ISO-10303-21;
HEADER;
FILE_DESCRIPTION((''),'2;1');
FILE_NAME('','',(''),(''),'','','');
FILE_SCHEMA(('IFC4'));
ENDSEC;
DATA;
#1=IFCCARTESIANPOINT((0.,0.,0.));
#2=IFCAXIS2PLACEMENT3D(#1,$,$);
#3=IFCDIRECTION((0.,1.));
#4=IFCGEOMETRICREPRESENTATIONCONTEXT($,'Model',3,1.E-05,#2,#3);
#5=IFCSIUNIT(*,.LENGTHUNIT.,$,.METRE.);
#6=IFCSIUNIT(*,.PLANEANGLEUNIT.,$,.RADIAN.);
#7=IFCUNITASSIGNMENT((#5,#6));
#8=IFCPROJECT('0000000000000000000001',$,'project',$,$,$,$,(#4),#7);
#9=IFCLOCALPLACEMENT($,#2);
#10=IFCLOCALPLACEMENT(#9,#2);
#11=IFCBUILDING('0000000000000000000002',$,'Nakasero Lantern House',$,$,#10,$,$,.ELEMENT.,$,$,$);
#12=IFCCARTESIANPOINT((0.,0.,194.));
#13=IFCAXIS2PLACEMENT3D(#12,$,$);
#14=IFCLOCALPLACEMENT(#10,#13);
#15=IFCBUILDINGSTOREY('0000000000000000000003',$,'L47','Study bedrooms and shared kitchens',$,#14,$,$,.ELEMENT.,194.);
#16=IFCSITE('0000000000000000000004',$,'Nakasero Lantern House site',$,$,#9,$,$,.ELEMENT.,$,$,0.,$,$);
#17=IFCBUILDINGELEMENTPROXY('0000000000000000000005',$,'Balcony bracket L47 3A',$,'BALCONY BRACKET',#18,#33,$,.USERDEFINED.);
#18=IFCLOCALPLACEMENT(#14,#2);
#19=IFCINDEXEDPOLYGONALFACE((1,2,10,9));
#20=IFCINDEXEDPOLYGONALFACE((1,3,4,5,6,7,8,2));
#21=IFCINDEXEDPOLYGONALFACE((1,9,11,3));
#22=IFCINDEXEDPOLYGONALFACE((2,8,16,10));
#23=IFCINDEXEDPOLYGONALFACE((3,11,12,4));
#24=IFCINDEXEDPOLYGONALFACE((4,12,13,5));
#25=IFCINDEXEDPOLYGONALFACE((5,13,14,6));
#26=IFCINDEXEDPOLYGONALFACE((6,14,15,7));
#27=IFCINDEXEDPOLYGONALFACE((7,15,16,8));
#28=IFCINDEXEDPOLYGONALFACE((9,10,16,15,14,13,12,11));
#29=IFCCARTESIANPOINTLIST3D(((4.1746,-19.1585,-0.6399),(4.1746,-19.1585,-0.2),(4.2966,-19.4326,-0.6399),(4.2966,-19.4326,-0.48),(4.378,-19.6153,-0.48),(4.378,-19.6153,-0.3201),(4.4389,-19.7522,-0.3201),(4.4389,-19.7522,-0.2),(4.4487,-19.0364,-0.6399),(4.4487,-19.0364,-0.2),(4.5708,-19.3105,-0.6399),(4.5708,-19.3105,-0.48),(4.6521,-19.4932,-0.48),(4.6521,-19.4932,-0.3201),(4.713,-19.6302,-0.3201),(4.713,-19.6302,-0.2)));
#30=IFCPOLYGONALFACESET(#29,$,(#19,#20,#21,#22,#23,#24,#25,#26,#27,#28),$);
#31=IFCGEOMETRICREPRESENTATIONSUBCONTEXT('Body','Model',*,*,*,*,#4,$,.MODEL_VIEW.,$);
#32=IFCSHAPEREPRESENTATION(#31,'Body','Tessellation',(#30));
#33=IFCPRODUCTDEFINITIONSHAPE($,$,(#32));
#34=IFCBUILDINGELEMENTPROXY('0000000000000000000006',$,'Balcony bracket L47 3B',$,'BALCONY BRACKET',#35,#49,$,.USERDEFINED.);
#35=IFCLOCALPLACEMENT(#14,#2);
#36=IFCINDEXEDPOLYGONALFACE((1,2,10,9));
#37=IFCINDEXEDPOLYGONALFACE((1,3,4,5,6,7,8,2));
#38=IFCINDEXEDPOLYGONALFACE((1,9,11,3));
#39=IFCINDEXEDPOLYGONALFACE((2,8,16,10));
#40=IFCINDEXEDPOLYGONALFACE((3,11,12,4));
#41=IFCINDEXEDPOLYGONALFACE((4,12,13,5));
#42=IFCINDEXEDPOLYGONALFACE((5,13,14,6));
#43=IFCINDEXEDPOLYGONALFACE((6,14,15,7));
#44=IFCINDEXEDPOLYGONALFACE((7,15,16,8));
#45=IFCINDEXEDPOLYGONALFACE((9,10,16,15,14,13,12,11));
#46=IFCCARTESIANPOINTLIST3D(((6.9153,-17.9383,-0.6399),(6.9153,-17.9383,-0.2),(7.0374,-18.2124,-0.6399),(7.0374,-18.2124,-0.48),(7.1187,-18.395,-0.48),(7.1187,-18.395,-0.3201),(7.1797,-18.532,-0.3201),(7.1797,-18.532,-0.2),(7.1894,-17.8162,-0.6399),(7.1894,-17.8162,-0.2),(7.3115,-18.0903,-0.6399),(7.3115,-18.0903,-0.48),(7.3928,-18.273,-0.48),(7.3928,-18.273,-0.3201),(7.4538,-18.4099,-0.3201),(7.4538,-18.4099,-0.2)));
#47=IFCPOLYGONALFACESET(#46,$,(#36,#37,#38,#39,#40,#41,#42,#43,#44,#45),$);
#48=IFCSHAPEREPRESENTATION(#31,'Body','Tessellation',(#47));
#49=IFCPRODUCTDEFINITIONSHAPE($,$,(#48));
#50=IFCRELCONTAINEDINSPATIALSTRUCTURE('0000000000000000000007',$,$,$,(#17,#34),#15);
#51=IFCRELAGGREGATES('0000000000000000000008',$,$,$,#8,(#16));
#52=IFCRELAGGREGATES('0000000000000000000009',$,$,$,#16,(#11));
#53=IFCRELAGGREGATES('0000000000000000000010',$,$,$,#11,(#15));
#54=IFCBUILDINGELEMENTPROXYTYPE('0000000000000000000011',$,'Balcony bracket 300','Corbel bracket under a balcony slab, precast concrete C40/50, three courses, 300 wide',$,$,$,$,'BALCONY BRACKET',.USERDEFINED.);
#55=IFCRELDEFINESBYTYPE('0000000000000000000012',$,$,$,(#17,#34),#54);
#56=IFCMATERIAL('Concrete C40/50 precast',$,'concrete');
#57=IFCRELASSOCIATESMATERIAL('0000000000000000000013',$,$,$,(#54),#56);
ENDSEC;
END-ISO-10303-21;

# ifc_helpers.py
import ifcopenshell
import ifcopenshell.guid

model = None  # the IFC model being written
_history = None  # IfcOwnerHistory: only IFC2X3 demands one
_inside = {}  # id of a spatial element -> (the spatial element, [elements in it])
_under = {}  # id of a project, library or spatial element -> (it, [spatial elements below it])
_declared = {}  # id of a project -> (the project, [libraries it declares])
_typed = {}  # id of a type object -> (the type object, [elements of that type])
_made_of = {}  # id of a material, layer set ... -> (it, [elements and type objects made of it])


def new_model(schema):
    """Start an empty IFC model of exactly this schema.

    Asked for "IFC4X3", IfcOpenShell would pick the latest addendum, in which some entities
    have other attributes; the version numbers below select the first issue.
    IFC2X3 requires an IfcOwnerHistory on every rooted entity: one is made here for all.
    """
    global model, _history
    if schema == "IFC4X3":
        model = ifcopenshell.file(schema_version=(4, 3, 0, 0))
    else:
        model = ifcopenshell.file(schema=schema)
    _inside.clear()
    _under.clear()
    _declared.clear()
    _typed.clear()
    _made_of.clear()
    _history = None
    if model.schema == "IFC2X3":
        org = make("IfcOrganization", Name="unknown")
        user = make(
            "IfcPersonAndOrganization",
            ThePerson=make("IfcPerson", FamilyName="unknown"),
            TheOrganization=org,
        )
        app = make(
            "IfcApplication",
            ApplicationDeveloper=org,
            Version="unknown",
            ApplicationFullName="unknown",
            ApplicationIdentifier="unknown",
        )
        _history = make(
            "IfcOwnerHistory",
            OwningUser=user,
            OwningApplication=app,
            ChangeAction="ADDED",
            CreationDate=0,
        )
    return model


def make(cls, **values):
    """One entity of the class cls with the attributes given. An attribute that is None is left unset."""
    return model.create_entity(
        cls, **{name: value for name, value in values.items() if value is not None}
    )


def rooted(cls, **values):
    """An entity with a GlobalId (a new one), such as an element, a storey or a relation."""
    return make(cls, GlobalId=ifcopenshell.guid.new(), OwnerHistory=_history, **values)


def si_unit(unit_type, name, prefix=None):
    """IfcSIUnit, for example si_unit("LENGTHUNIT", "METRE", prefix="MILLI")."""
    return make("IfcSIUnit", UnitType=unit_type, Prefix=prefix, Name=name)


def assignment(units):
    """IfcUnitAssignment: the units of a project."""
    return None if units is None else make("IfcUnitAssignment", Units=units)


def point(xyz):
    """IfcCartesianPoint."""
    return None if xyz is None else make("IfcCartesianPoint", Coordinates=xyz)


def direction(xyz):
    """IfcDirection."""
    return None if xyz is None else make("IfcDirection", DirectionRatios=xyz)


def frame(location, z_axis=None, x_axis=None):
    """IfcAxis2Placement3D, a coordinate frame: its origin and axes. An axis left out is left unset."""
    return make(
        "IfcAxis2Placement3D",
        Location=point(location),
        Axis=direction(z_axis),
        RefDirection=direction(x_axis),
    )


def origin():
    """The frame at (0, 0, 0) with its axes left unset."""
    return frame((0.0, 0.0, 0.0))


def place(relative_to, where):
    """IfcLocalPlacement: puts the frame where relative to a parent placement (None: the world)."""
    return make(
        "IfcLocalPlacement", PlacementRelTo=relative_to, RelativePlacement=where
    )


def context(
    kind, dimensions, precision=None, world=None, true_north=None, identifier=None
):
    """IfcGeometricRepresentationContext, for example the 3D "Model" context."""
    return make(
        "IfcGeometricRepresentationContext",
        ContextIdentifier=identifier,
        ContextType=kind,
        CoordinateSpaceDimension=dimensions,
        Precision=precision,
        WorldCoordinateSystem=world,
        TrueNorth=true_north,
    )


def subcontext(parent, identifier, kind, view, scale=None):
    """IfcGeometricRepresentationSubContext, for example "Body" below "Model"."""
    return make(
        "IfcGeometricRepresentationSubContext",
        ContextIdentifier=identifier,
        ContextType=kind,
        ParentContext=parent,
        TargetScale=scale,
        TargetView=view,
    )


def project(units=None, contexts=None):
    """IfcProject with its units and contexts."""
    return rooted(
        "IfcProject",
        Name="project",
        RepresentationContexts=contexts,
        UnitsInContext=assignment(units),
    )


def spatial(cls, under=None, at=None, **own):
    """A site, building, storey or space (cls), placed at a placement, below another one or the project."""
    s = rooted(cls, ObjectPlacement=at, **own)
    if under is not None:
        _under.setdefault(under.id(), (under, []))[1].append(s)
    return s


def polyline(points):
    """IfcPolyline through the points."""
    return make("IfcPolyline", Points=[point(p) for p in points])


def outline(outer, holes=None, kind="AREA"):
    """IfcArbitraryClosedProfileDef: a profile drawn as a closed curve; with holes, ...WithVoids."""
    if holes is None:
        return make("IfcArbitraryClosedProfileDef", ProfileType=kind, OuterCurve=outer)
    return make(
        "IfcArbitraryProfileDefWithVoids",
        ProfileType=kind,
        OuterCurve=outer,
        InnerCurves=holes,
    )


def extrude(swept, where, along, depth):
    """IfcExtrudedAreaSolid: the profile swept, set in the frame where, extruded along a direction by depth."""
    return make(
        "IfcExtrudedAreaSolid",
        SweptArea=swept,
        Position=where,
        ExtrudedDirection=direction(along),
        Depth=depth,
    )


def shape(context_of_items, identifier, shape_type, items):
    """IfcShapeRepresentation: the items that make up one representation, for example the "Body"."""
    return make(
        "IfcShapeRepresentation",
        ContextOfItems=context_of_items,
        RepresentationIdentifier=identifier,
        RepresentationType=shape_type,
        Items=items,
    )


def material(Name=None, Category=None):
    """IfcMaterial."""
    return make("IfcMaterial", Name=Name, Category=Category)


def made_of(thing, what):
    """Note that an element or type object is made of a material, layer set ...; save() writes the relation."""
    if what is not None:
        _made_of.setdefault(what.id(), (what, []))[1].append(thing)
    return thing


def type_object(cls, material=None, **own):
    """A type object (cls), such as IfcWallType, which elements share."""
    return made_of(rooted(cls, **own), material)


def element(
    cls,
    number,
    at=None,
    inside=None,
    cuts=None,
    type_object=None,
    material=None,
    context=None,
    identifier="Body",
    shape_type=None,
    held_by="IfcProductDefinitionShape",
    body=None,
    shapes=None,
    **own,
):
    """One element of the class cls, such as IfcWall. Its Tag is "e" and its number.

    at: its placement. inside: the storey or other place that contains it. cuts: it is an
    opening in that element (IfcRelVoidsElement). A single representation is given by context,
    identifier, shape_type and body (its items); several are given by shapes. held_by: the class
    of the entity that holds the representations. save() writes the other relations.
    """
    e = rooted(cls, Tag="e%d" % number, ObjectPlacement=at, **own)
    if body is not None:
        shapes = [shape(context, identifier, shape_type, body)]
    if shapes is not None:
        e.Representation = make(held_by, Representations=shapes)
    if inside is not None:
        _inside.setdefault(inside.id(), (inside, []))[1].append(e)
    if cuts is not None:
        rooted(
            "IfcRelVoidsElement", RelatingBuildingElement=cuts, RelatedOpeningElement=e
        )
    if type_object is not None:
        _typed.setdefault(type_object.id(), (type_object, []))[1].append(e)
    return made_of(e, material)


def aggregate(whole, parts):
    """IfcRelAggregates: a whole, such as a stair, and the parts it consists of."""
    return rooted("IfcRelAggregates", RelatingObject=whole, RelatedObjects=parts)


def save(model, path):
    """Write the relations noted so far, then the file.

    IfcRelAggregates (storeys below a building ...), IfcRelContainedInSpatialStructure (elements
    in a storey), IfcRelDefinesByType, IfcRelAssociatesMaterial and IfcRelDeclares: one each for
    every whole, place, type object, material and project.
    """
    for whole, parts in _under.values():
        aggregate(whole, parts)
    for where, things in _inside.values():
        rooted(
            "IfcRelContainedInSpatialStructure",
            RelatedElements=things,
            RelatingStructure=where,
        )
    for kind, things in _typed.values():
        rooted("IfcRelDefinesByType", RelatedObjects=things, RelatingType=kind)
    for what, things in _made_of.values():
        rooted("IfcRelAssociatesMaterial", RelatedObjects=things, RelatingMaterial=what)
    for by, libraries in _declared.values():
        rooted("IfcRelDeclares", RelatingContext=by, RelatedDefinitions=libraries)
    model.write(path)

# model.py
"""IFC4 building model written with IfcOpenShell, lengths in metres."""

from ifc_helpers import new_model, si_unit, direction, frame, origin, place, context, subcontext, project, spatial, polyline, outline, extrude, material, type_object, element, save


model = new_model("IFC4")

# Units and contexts
model_context = context("Model", 3, precision=1e-05, world=origin(), true_north=direction((0.0, 1.0)))
body_context = subcontext(model_context, "Body", "Model", "MODEL_VIEW")
ifc_project = project(units=[si_unit("LENGTHUNIT", "METRE"), si_unit("PLANEANGLEUNIT", "RADIAN")], contexts=[model_context])

# Site, building, storey
site_placement = place(None, origin())
site = spatial("IfcSite", under=ifc_project, at=site_placement, Name="Nakasero Lantern House site", CompositionType="ELEMENT", RefElevation=0.0)
building_placement = place(site_placement, origin())
building = spatial("IfcBuilding", under=site, at=building_placement, Name="Nakasero Lantern House", CompositionType="ELEMENT")
storey_placement = place(building_placement, frame((0.0, 0.0, 194.0)))
storey = spatial("IfcBuildingStorey", under=building, at=storey_placement, Name="L47", Description="Study bedrooms and shared kitchens", CompositionType="ELEMENT", Elevation=194.0)

# Building element proxies
ifc_material_1 = material(Name="Concrete C40/50 precast", Category="concrete")
building_element_proxy_type = type_object("IfcBuildingElementProxyType", Name="Balcony bracket 300", Description="Corbel bracket under a balcony slab, precast concrete C40/50, three courses, 300 wide", ElementType="BALCONY BRACKET", PredefinedType="USERDEFINED", material=ifc_material_1)
for number, where, z_axis, x_axis, name in (
    (1, (4.3118, -19.0974, -0.2), (0.0, 0.0, 1.0), (0.406737, -0.913545, 0.0), "Balcony bracket L47 3A"),
    (2, (7.0525, -17.8772, -0.2), (0.0, 0.0, 1.0), (0.406737, -0.913545, 0.0), "Balcony bracket L47 3B"),
):
    element("IfcBuildingElementProxy", number, at=place(storey_placement, frame(where, z_axis=z_axis, x_axis=x_axis)), inside=storey, type_object=building_element_proxy_type, Name=name, ObjectType="BALCONY BRACKET", PredefinedType="USERDEFINED", context=body_context, shape_type="SweptSolid", body=[
        extrude(outline(polyline([(0.0, 0.0), (0.6499, 0.0), (0.6499, -0.1201), (0.5, -0.1201), (0.5, -0.28), (0.3, -0.28), (0.3, -0.4399), (0.0, -0.4399), (0.0, 0.0)])), frame((0.0, 0.1499, 0.0), z_axis=(0.0, -1.0, 0.0), x_axis=(1.0, 0.0, 0.0)), (0.0, 0.0, 1.0), 0.3),
    ])

save(model, "model.ifc")
